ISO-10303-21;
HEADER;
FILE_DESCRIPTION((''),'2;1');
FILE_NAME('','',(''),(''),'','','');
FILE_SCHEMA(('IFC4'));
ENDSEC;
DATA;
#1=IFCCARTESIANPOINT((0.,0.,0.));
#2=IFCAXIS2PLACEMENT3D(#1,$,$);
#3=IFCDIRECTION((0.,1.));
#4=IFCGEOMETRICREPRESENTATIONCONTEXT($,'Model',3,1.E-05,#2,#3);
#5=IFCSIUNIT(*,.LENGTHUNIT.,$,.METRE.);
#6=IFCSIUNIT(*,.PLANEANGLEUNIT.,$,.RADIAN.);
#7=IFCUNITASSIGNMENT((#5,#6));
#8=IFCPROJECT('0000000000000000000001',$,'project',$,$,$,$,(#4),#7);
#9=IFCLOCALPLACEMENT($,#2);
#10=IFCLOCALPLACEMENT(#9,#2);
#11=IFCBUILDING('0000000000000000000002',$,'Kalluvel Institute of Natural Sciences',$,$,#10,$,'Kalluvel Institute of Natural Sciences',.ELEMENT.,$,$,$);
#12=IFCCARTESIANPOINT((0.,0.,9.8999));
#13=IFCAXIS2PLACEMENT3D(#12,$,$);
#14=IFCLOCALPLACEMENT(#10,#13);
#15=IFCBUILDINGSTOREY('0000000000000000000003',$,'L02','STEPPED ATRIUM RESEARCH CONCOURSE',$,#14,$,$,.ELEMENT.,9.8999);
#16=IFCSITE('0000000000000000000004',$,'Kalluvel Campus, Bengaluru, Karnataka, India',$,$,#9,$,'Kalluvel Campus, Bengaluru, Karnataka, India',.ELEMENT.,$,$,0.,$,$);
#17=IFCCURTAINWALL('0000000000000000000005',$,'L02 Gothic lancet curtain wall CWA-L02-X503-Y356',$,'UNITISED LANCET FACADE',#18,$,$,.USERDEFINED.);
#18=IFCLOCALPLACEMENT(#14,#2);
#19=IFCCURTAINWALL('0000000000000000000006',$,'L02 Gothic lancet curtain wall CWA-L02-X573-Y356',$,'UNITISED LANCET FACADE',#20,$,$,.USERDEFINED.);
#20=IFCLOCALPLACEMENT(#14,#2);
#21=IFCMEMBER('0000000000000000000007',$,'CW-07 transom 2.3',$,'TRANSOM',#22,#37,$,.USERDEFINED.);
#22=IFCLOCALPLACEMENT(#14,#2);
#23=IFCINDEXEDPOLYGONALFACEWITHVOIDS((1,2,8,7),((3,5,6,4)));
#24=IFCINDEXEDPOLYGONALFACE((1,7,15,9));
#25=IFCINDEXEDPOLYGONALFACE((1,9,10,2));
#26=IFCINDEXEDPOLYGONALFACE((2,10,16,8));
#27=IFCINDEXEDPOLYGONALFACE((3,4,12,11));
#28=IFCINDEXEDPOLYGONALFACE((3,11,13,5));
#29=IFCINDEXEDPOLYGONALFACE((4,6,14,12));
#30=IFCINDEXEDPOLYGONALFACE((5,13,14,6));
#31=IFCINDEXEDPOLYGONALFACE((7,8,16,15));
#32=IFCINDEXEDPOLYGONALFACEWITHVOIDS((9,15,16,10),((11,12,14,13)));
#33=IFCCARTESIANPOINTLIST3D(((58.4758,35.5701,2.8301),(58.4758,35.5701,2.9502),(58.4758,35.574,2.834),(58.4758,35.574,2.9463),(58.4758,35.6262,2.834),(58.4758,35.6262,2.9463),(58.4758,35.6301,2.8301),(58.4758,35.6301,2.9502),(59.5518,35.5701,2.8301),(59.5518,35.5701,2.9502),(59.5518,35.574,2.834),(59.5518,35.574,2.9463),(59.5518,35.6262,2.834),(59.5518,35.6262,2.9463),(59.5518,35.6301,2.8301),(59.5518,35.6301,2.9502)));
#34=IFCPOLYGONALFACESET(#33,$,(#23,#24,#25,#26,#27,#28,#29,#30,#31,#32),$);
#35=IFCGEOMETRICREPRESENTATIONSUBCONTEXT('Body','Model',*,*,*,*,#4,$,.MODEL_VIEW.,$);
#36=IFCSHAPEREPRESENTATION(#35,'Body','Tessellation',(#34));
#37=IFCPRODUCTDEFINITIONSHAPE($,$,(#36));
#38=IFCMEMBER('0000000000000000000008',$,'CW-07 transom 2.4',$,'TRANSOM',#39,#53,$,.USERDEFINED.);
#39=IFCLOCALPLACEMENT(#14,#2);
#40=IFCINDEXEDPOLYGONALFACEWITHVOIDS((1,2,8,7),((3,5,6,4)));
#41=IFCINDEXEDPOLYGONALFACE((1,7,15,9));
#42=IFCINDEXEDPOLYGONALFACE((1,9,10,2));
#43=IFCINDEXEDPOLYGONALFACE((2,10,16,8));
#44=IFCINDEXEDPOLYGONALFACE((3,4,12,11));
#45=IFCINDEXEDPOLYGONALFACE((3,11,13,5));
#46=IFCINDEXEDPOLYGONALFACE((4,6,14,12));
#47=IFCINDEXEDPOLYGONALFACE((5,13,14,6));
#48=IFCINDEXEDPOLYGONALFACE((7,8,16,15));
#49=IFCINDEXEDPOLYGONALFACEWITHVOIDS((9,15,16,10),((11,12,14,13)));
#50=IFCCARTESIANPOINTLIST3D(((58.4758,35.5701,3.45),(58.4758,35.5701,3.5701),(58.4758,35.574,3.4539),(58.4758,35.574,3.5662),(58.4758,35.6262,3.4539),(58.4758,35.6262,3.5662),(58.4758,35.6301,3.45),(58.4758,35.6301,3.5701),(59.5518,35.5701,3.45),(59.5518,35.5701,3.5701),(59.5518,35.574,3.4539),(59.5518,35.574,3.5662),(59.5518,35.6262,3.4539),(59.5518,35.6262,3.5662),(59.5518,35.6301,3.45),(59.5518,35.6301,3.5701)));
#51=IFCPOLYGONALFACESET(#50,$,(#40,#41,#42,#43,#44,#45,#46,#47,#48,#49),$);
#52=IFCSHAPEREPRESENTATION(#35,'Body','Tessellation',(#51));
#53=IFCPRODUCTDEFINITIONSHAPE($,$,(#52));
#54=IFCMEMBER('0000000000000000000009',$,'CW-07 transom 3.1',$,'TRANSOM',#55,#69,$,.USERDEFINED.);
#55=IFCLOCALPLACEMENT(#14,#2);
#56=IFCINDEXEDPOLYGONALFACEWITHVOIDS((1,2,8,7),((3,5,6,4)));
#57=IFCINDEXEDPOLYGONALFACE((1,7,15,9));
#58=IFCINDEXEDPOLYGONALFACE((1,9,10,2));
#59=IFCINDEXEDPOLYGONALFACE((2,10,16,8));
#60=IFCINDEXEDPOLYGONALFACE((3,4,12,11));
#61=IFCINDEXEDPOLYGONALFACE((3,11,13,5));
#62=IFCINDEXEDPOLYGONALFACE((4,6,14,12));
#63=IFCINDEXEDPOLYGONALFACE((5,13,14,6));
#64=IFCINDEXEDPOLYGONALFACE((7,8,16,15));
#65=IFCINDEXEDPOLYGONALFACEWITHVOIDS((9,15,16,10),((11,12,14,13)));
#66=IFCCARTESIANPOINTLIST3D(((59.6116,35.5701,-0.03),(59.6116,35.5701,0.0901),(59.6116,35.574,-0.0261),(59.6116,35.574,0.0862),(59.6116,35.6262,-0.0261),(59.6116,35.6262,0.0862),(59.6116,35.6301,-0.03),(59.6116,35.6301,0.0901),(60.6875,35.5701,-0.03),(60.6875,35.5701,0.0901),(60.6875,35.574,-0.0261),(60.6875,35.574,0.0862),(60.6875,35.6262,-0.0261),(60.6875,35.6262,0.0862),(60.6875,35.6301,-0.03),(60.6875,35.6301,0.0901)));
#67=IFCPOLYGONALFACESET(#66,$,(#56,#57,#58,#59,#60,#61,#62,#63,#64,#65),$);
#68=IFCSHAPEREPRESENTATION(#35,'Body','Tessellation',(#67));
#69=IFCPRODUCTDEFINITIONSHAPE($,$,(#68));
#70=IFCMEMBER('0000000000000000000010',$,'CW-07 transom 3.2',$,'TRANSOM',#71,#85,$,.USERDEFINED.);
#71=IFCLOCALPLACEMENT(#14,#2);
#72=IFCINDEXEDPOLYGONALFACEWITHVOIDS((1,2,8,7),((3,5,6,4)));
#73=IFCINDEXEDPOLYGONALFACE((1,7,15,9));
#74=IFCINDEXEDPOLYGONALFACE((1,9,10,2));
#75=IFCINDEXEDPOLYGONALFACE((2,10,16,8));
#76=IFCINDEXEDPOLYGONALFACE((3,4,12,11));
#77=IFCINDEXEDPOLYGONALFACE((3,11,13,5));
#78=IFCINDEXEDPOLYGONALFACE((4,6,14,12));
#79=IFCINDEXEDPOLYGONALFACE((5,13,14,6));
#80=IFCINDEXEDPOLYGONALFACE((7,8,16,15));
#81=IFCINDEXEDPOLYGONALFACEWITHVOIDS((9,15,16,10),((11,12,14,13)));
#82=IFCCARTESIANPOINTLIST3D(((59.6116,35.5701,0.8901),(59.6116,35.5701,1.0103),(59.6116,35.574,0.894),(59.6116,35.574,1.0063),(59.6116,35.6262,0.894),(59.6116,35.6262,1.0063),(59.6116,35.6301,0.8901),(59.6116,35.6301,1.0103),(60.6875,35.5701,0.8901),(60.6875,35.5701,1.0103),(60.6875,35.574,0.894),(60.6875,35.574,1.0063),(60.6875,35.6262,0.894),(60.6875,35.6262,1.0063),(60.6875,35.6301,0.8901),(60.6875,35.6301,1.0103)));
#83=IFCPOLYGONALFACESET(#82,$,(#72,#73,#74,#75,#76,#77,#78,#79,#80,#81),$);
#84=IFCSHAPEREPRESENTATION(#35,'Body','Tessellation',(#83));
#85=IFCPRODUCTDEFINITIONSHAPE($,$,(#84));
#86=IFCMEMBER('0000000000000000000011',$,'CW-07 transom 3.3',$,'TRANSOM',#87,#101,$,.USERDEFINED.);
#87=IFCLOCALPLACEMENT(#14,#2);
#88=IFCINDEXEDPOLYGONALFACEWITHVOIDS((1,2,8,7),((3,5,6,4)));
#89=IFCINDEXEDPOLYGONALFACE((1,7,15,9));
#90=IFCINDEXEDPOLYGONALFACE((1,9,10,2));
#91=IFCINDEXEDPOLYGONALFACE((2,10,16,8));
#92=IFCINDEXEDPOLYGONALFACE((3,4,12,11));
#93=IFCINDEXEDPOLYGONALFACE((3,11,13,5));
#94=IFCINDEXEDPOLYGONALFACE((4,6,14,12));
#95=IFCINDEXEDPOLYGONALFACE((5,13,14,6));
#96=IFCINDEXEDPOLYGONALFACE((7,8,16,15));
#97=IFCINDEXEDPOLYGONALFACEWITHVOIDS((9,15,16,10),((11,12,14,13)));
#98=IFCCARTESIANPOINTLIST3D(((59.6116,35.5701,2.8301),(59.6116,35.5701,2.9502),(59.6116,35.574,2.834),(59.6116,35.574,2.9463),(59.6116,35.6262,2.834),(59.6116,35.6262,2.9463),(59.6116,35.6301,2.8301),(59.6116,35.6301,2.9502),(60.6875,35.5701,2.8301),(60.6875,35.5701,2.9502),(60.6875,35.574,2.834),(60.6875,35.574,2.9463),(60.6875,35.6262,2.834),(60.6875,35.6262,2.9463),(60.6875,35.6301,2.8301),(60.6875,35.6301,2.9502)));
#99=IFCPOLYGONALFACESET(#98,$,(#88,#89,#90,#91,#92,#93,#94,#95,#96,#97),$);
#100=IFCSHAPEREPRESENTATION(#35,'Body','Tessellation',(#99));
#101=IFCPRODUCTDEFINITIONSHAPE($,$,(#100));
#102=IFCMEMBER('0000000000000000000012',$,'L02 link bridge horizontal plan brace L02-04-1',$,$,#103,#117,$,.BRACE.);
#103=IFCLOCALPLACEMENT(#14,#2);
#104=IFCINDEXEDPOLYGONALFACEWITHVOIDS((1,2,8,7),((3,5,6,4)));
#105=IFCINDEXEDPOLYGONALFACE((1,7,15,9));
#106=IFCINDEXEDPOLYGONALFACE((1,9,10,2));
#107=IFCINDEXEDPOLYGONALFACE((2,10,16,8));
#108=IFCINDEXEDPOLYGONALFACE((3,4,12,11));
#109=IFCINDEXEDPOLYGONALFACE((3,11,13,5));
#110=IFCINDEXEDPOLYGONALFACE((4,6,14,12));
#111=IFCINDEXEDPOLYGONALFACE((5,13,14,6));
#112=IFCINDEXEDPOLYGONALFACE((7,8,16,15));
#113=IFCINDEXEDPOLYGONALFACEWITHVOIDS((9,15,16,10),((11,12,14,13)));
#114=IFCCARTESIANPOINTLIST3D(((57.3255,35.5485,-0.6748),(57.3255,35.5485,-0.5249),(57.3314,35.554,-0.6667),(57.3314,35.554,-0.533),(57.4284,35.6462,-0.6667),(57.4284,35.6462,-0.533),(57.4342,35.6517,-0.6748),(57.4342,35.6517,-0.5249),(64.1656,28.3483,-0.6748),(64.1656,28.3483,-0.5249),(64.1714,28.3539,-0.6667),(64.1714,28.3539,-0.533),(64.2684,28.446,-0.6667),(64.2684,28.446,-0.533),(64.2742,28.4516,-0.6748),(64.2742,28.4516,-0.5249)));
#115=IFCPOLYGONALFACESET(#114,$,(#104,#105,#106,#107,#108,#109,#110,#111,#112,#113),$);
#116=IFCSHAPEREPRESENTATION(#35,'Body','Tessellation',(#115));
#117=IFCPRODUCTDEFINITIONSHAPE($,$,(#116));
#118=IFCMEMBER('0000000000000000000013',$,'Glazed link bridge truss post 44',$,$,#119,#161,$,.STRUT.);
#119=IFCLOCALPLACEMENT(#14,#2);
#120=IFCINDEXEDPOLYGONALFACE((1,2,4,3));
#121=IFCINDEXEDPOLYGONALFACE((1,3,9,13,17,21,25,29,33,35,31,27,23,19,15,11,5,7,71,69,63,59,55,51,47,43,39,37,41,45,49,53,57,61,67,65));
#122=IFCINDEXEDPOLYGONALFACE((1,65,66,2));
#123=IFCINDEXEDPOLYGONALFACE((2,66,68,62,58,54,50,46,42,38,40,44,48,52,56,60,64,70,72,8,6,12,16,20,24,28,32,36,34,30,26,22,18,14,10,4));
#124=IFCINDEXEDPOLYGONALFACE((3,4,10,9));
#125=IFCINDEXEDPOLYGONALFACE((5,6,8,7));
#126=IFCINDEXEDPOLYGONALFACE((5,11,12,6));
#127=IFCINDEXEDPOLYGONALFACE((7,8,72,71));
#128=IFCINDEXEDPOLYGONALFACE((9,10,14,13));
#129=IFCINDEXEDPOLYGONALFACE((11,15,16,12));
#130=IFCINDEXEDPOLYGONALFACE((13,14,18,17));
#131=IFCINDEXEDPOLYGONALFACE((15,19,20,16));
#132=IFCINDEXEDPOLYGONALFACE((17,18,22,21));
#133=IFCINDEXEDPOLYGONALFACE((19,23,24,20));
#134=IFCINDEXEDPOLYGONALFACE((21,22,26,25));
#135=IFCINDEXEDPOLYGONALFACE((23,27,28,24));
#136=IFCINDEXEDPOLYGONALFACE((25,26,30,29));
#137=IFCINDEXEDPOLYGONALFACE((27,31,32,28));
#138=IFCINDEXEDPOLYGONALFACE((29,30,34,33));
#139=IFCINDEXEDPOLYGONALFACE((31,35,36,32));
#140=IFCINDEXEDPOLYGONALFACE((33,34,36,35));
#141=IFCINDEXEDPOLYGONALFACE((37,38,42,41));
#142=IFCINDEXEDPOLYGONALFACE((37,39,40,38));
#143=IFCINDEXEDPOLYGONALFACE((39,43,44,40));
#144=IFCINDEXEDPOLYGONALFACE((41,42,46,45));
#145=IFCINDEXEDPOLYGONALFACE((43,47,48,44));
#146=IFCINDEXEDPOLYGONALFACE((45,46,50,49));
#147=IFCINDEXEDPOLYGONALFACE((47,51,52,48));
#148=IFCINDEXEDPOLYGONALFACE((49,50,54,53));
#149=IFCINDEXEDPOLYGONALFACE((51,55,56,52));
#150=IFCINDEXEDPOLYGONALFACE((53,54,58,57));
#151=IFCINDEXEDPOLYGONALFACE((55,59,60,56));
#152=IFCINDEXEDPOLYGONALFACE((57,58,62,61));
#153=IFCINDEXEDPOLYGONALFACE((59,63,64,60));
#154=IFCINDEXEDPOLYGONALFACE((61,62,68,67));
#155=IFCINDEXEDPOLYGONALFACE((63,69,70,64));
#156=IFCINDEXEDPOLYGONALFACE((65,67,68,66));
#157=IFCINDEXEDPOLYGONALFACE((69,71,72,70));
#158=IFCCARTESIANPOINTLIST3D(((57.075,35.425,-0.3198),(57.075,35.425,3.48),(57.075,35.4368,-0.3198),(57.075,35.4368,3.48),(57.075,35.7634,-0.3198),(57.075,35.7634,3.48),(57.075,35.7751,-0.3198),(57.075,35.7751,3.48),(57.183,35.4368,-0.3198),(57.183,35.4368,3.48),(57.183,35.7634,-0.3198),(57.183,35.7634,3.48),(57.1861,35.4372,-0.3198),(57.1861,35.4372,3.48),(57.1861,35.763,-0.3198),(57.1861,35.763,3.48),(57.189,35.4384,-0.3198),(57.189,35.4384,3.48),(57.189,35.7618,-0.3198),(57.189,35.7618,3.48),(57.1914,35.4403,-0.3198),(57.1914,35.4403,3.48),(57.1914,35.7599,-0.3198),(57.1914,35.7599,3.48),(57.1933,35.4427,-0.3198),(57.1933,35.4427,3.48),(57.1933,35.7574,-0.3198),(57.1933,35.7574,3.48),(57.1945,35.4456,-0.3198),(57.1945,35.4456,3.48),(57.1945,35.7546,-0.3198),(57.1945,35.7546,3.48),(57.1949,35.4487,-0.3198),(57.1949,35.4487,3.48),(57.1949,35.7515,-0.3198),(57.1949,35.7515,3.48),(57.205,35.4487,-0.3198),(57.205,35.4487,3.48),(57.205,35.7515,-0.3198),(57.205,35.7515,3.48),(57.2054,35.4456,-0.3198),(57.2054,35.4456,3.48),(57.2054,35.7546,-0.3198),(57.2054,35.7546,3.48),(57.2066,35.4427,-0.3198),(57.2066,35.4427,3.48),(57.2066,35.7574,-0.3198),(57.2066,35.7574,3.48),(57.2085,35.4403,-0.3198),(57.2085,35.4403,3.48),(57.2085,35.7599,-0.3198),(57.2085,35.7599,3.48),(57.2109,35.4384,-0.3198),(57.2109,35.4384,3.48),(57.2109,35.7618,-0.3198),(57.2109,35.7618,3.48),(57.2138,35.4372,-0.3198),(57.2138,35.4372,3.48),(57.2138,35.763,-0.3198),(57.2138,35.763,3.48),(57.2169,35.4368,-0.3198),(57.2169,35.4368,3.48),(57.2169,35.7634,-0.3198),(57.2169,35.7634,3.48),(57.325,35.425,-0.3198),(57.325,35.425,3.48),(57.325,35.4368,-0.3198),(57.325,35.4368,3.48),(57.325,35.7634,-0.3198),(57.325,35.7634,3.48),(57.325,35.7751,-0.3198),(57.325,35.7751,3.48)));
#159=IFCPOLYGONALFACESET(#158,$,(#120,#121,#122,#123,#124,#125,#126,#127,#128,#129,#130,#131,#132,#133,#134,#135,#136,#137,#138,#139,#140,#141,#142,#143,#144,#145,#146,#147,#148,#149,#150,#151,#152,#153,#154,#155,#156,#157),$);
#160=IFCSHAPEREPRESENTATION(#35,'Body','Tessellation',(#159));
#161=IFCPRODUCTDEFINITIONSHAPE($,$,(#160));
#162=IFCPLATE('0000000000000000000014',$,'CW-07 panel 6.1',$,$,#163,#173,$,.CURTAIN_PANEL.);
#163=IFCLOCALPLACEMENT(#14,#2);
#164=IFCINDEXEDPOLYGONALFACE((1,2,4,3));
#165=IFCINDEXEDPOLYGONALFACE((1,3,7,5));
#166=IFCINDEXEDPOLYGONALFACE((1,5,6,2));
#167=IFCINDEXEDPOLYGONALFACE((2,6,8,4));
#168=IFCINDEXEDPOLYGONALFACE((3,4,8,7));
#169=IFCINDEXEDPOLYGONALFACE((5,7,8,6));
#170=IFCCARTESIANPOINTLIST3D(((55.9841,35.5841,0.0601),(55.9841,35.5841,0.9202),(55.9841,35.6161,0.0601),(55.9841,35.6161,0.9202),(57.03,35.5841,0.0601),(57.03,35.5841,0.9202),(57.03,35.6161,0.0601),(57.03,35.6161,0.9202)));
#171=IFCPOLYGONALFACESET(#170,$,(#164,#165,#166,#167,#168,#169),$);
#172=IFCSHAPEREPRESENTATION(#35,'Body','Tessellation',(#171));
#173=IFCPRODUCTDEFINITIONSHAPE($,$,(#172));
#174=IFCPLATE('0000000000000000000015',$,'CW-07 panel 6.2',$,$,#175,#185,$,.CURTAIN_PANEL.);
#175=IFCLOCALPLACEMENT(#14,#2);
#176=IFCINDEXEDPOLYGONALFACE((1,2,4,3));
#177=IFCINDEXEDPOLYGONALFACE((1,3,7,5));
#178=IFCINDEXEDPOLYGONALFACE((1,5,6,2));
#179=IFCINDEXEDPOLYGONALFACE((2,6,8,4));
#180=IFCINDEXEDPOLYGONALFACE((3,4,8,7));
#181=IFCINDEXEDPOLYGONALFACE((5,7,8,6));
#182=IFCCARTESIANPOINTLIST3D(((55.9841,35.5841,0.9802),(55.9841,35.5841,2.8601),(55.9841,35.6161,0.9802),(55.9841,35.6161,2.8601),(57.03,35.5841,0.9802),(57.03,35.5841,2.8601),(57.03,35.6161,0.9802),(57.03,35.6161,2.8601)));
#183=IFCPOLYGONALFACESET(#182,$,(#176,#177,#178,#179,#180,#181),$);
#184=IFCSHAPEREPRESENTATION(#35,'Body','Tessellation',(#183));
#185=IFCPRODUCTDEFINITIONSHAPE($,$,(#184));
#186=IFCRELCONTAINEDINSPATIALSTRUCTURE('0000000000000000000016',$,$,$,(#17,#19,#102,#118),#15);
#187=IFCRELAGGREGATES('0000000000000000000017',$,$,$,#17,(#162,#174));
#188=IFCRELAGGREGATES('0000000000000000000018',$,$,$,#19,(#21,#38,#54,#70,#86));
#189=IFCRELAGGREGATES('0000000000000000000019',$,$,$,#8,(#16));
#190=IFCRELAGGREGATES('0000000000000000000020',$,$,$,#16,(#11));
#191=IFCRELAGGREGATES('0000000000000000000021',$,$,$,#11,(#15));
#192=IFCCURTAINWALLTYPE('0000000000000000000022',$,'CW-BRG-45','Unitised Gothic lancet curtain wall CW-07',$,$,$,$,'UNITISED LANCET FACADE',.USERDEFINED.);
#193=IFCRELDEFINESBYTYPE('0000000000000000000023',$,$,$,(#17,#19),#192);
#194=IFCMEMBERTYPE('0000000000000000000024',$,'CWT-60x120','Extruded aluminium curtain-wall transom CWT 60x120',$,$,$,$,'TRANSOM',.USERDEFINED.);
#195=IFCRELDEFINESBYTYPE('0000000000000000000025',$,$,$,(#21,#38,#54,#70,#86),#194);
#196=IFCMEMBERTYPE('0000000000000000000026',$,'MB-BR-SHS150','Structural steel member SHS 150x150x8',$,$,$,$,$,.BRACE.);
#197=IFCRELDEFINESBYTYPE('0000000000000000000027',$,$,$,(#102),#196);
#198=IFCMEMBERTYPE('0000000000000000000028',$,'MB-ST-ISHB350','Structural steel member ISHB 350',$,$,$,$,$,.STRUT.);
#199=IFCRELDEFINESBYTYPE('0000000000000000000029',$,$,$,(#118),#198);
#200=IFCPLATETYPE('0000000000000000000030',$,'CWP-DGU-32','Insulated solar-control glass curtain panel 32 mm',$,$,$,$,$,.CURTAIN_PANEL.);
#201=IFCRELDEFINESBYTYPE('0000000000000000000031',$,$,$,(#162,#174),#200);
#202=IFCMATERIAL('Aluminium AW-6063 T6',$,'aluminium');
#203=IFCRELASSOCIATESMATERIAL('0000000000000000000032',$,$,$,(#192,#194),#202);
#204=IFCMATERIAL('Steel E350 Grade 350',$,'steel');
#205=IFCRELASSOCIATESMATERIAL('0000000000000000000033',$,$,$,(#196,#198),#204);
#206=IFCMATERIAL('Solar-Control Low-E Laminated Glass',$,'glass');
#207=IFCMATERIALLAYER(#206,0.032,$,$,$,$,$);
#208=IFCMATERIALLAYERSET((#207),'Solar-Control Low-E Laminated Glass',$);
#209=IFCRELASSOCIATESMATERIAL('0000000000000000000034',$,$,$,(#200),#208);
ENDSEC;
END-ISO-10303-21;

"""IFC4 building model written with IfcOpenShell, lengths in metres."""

from ifc_helpers import new_model, si_unit, direction, frame, origin, origin_2d, place, context, subcontext, project, spatial, rectangle, hollow_rectangle, i_section, extrude, material, layer, layer_set, material_profile, profile_set, type_object, element, aggregate, save


model = new_model("IFC4")

# Units and contexts
model_context = context("Model", 3, precision=1e-05, world=origin(), true_north=direction((0.0, 1.0)))
body_context = subcontext(model_context, "Body", "Model", "MODEL_VIEW")
ifc_project = project(units=[si_unit("LENGTHUNIT", "METRE"), si_unit("PLANEANGLEUNIT", "RADIAN")], contexts=[model_context])

# Site, building, storey
site_placement = place(None, origin())
site = spatial("IfcSite", under=ifc_project, at=site_placement, Name="Kalluvel Campus, Bengaluru, Karnataka, India", LongName="Kalluvel Campus, Bengaluru, Karnataka, India", CompositionType="ELEMENT", RefElevation=0.0)
building_placement = place(site_placement, origin())
building = spatial("IfcBuilding", under=site, at=building_placement, Name="Kalluvel Institute of Natural Sciences", LongName="Kalluvel Institute of Natural Sciences", CompositionType="ELEMENT")
storey_placement = place(building_placement, frame((0.0, 0.0, 9.8999)))
storey = spatial("IfcBuildingStorey", under=building, at=storey_placement, Name="L02", Description="STEPPED ATRIUM RESEARCH CONCOURSE", CompositionType="ELEMENT", Elevation=9.8999)

# Curtain wall
ifc_material_1 = material(Name="Aluminium AW-6063 T6", Category="aluminium")
curtain_wall_type = type_object("IfcCurtainWallType", Name="CW-BRG-45", Description="Unitised Gothic lancet curtain wall CW-07", ElementType="UNITISED LANCET FACADE", PredefinedType="USERDEFINED", material=ifc_material_1)
curtain_wall_1_placement = place(storey_placement, origin())
curtain_wall_1 = element("IfcCurtainWall", 1, at=curtain_wall_1_placement, inside=storey, type_object=curtain_wall_type, Name="L02 Gothic lancet curtain wall CWA-L02-X503-Y356", ObjectType="UNITISED LANCET FACADE", PredefinedType="USERDEFINED")

# Curtain wall
curtain_wall_2_placement = place(storey_placement, origin())
curtain_wall_2 = element("IfcCurtainWall", 2, at=curtain_wall_2_placement, inside=storey, type_object=curtain_wall_type, Name="L02 Gothic lancet curtain wall CWA-L02-X573-Y356", ObjectType="UNITISED LANCET FACADE", PredefinedType="USERDEFINED")

# Members
ifc_material_profile_1 = material_profile(ifc_material_1, hollow_rectangle(XDim=0.0601, YDim=0.1201, WallThickness=0.0039, at=origin_2d()), Name="CWT 60x120")
ifc_profile_set_1 = profile_set([ifc_material_profile_1], Name="Aluminium AW-6063 T6")
member_type_1 = type_object("IfcMemberType", Name="CWT-60x120", Description="Extruded aluminium curtain-wall transom CWT 60x120", ElementType="TRANSOM", PredefinedType="USERDEFINED", material=ifc_profile_set_1)
member_1_placement = place(storey_placement, frame((58.4758, 35.6001, 2.8901), z_axis=(1.0, 0.0, 0.0), x_axis=(0.0, 1.0, 0.0)))
member_1 = element("IfcMember", 3, at=member_1_placement, type_object=member_type_1, Name="CW-07 transom 2.3", ObjectType="TRANSOM", PredefinedType="USERDEFINED", context=body_context, shape_type="SweptSolid", body=[
    extrude(hollow_rectangle(XDim=0.0601, YDim=0.1201, WallThickness=0.0039, at=origin_2d()), origin(), (0.0, 0.0, 1.0), 1.0759),
])
member_2_placement = place(storey_placement, frame((58.4758, 35.6001, 3.51), z_axis=(1.0, 0.0, 0.0), x_axis=(0.0, 1.0, 0.0)))
member_2 = element("IfcMember", 4, at=member_2_placement, type_object=member_type_1, Name="CW-07 transom 2.4", ObjectType="TRANSOM", PredefinedType="USERDEFINED", context=body_context, shape_type="SweptSolid", body=[
    extrude(hollow_rectangle(XDim=0.0601, YDim=0.1201, WallThickness=0.0039, at=origin_2d()), origin(), (0.0, 0.0, 1.0), 1.0759),
])
member_3_placement = place(storey_placement, frame((59.6116, 35.6001, 0.03), z_axis=(1.0, 0.0, 0.0), x_axis=(0.0, 1.0, 0.0)))
member_3 = element("IfcMember", 5, at=member_3_placement, type_object=member_type_1, Name="CW-07 transom 3.1", ObjectType="TRANSOM", PredefinedType="USERDEFINED", context=body_context, shape_type="SweptSolid", body=[
    extrude(hollow_rectangle(XDim=0.0601, YDim=0.1201, WallThickness=0.0039, at=origin_2d()), origin(), (0.0, 0.0, 1.0), 1.0759),
])
member_4_placement = place(storey_placement, frame((59.6116, 35.6001, 0.9502), z_axis=(1.0, 0.0, 0.0), x_axis=(0.0, 1.0, 0.0)))
member_4 = element("IfcMember", 6, at=member_4_placement, type_object=member_type_1, Name="CW-07 transom 3.2", ObjectType="TRANSOM", PredefinedType="USERDEFINED", context=body_context, shape_type="SweptSolid", body=[
    extrude(hollow_rectangle(XDim=0.0601, YDim=0.1201, WallThickness=0.0039, at=origin_2d()), origin(), (0.0, 0.0, 1.0), 1.0759),
])
member_5_placement = place(storey_placement, frame((59.6116, 35.6001, 2.8901), z_axis=(1.0, 0.0, 0.0), x_axis=(0.0, 1.0, 0.0)))
member_5 = element("IfcMember", 7, at=member_5_placement, type_object=member_type_1, Name="CW-07 transom 3.3", ObjectType="TRANSOM", PredefinedType="USERDEFINED", context=body_context, shape_type="SweptSolid", body=[
    extrude(hollow_rectangle(XDim=0.0601, YDim=0.1201, WallThickness=0.0039, at=origin_2d()), origin(), (0.0, 0.0, 1.0), 1.0759),
])

# Members
ifc_material_2 = material(Name="Steel E350 Grade 350", Category="steel")
ifc_material_profile_2 = material_profile(ifc_material_2, hollow_rectangle(XDim=0.1499, YDim=0.1499, WallThickness=0.0081, at=origin_2d()), Name="SHS 150x150x8")
ifc_profile_set_2 = profile_set([ifc_material_profile_2], Name="Steel E350 Grade 350")
member_type_2 = type_object("IfcMemberType", Name="MB-BR-SHS150", Description="Structural steel member SHS 150x150x8", PredefinedType="BRACE", material=ifc_profile_set_2)
member_6_placement = place(storey_placement, frame((57.3799, 35.6001, -0.5999), z_axis=(0.688744, -0.725004, 0.0), x_axis=(0.725004, 0.688744, 0.0)))
element("IfcMember", 8, at=member_6_placement, inside=storey, type_object=member_type_2, Name="L02 link bridge horizontal plan brace L02-04-1", PredefinedType="BRACE", context=body_context, shape_type="SweptSolid", body=[
    extrude(hollow_rectangle(XDim=0.1499, YDim=0.1499, WallThickness=0.0081, at=origin_2d()), origin(), (0.0, 0.0, 1.0), 9.9312),
])
ifc_material_profile_3 = material_profile(ifc_material_2, i_section(OverallWidth=0.25, OverallDepth=0.3501, WebThickness=0.01, FlangeThickness=0.0117, FilletRadius=0.012, at=origin_2d()), Name="ISHB 350")
ifc_profile_set_3 = profile_set([ifc_material_profile_3], Name="Steel E350 Grade 350")
member_type_3 = type_object("IfcMemberType", Name="MB-ST-ISHB350", Description="Structural steel member ISHB 350", PredefinedType="STRUT", material=ifc_profile_set_3)
member_7_placement = place(storey_placement, frame((57.2, 35.6001, -0.3198), z_axis=(0.0, 0.0, 1.0), x_axis=(1.0, 0.0, 0.0)))
element("IfcMember", 9, at=member_7_placement, inside=storey, type_object=member_type_3, Name="Glazed link bridge truss post 44", PredefinedType="STRUT", context=body_context, shape_type="SweptSolid", body=[
    extrude(i_section(OverallWidth=0.25, OverallDepth=0.3501, WebThickness=0.01, FlangeThickness=0.0117, FilletRadius=0.012, at=origin_2d()), origin(), (0.0, 0.0, 1.0), 3.7998),
])

# Plates
ifc_material_3 = material(Name="Solar-Control Low-E Laminated Glass", Category="glass")
ifc_layer_1 = layer(ifc_material_3, 0.032)
ifc_layer_set_1 = layer_set([ifc_layer_1], Name="Solar-Control Low-E Laminated Glass")
plate_type_1 = type_object("IfcPlateType", Name="CWP-DGU-32", Description="Insulated solar-control glass curtain panel 32 mm", PredefinedType="CURTAIN_PANEL", material=ifc_layer_set_1)
plate_1_placement = place(storey_placement, frame((56.5071, 35.6001, 0.0601), z_axis=(0.0, 0.0, 1.0), x_axis=(1.0, 0.0, 0.0)))
plate_1 = element("IfcPlate", 10, at=plate_1_placement, type_object=plate_type_1, Name="CW-07 panel 6.1", PredefinedType="CURTAIN_PANEL", context=body_context, shape_type="SweptSolid", body=[
    extrude(rectangle(XDim=1.0459, YDim=0.032, at=origin_2d()), origin(), (0.0, 0.0, 1.0), 0.8601),
])
plate_2_placement = place(storey_placement, frame((56.5071, 35.6001, 0.9802), z_axis=(0.0, 0.0, 1.0), x_axis=(1.0, 0.0, 0.0)))
plate_2 = element("IfcPlate", 11, at=plate_2_placement, type_object=plate_type_1, Name="CW-07 panel 6.2", PredefinedType="CURTAIN_PANEL", context=body_context, shape_type="SweptSolid", body=[
    extrude(rectangle(XDim=1.0459, YDim=0.032, at=origin_2d()), origin(), (0.0, 0.0, 1.0), 1.8799),
])
aggregate(curtain_wall_1, [plate_1, plate_2])
aggregate(curtain_wall_2, [member_1, member_2, member_3, member_4, member_5])

save(model, "model.ifc")
